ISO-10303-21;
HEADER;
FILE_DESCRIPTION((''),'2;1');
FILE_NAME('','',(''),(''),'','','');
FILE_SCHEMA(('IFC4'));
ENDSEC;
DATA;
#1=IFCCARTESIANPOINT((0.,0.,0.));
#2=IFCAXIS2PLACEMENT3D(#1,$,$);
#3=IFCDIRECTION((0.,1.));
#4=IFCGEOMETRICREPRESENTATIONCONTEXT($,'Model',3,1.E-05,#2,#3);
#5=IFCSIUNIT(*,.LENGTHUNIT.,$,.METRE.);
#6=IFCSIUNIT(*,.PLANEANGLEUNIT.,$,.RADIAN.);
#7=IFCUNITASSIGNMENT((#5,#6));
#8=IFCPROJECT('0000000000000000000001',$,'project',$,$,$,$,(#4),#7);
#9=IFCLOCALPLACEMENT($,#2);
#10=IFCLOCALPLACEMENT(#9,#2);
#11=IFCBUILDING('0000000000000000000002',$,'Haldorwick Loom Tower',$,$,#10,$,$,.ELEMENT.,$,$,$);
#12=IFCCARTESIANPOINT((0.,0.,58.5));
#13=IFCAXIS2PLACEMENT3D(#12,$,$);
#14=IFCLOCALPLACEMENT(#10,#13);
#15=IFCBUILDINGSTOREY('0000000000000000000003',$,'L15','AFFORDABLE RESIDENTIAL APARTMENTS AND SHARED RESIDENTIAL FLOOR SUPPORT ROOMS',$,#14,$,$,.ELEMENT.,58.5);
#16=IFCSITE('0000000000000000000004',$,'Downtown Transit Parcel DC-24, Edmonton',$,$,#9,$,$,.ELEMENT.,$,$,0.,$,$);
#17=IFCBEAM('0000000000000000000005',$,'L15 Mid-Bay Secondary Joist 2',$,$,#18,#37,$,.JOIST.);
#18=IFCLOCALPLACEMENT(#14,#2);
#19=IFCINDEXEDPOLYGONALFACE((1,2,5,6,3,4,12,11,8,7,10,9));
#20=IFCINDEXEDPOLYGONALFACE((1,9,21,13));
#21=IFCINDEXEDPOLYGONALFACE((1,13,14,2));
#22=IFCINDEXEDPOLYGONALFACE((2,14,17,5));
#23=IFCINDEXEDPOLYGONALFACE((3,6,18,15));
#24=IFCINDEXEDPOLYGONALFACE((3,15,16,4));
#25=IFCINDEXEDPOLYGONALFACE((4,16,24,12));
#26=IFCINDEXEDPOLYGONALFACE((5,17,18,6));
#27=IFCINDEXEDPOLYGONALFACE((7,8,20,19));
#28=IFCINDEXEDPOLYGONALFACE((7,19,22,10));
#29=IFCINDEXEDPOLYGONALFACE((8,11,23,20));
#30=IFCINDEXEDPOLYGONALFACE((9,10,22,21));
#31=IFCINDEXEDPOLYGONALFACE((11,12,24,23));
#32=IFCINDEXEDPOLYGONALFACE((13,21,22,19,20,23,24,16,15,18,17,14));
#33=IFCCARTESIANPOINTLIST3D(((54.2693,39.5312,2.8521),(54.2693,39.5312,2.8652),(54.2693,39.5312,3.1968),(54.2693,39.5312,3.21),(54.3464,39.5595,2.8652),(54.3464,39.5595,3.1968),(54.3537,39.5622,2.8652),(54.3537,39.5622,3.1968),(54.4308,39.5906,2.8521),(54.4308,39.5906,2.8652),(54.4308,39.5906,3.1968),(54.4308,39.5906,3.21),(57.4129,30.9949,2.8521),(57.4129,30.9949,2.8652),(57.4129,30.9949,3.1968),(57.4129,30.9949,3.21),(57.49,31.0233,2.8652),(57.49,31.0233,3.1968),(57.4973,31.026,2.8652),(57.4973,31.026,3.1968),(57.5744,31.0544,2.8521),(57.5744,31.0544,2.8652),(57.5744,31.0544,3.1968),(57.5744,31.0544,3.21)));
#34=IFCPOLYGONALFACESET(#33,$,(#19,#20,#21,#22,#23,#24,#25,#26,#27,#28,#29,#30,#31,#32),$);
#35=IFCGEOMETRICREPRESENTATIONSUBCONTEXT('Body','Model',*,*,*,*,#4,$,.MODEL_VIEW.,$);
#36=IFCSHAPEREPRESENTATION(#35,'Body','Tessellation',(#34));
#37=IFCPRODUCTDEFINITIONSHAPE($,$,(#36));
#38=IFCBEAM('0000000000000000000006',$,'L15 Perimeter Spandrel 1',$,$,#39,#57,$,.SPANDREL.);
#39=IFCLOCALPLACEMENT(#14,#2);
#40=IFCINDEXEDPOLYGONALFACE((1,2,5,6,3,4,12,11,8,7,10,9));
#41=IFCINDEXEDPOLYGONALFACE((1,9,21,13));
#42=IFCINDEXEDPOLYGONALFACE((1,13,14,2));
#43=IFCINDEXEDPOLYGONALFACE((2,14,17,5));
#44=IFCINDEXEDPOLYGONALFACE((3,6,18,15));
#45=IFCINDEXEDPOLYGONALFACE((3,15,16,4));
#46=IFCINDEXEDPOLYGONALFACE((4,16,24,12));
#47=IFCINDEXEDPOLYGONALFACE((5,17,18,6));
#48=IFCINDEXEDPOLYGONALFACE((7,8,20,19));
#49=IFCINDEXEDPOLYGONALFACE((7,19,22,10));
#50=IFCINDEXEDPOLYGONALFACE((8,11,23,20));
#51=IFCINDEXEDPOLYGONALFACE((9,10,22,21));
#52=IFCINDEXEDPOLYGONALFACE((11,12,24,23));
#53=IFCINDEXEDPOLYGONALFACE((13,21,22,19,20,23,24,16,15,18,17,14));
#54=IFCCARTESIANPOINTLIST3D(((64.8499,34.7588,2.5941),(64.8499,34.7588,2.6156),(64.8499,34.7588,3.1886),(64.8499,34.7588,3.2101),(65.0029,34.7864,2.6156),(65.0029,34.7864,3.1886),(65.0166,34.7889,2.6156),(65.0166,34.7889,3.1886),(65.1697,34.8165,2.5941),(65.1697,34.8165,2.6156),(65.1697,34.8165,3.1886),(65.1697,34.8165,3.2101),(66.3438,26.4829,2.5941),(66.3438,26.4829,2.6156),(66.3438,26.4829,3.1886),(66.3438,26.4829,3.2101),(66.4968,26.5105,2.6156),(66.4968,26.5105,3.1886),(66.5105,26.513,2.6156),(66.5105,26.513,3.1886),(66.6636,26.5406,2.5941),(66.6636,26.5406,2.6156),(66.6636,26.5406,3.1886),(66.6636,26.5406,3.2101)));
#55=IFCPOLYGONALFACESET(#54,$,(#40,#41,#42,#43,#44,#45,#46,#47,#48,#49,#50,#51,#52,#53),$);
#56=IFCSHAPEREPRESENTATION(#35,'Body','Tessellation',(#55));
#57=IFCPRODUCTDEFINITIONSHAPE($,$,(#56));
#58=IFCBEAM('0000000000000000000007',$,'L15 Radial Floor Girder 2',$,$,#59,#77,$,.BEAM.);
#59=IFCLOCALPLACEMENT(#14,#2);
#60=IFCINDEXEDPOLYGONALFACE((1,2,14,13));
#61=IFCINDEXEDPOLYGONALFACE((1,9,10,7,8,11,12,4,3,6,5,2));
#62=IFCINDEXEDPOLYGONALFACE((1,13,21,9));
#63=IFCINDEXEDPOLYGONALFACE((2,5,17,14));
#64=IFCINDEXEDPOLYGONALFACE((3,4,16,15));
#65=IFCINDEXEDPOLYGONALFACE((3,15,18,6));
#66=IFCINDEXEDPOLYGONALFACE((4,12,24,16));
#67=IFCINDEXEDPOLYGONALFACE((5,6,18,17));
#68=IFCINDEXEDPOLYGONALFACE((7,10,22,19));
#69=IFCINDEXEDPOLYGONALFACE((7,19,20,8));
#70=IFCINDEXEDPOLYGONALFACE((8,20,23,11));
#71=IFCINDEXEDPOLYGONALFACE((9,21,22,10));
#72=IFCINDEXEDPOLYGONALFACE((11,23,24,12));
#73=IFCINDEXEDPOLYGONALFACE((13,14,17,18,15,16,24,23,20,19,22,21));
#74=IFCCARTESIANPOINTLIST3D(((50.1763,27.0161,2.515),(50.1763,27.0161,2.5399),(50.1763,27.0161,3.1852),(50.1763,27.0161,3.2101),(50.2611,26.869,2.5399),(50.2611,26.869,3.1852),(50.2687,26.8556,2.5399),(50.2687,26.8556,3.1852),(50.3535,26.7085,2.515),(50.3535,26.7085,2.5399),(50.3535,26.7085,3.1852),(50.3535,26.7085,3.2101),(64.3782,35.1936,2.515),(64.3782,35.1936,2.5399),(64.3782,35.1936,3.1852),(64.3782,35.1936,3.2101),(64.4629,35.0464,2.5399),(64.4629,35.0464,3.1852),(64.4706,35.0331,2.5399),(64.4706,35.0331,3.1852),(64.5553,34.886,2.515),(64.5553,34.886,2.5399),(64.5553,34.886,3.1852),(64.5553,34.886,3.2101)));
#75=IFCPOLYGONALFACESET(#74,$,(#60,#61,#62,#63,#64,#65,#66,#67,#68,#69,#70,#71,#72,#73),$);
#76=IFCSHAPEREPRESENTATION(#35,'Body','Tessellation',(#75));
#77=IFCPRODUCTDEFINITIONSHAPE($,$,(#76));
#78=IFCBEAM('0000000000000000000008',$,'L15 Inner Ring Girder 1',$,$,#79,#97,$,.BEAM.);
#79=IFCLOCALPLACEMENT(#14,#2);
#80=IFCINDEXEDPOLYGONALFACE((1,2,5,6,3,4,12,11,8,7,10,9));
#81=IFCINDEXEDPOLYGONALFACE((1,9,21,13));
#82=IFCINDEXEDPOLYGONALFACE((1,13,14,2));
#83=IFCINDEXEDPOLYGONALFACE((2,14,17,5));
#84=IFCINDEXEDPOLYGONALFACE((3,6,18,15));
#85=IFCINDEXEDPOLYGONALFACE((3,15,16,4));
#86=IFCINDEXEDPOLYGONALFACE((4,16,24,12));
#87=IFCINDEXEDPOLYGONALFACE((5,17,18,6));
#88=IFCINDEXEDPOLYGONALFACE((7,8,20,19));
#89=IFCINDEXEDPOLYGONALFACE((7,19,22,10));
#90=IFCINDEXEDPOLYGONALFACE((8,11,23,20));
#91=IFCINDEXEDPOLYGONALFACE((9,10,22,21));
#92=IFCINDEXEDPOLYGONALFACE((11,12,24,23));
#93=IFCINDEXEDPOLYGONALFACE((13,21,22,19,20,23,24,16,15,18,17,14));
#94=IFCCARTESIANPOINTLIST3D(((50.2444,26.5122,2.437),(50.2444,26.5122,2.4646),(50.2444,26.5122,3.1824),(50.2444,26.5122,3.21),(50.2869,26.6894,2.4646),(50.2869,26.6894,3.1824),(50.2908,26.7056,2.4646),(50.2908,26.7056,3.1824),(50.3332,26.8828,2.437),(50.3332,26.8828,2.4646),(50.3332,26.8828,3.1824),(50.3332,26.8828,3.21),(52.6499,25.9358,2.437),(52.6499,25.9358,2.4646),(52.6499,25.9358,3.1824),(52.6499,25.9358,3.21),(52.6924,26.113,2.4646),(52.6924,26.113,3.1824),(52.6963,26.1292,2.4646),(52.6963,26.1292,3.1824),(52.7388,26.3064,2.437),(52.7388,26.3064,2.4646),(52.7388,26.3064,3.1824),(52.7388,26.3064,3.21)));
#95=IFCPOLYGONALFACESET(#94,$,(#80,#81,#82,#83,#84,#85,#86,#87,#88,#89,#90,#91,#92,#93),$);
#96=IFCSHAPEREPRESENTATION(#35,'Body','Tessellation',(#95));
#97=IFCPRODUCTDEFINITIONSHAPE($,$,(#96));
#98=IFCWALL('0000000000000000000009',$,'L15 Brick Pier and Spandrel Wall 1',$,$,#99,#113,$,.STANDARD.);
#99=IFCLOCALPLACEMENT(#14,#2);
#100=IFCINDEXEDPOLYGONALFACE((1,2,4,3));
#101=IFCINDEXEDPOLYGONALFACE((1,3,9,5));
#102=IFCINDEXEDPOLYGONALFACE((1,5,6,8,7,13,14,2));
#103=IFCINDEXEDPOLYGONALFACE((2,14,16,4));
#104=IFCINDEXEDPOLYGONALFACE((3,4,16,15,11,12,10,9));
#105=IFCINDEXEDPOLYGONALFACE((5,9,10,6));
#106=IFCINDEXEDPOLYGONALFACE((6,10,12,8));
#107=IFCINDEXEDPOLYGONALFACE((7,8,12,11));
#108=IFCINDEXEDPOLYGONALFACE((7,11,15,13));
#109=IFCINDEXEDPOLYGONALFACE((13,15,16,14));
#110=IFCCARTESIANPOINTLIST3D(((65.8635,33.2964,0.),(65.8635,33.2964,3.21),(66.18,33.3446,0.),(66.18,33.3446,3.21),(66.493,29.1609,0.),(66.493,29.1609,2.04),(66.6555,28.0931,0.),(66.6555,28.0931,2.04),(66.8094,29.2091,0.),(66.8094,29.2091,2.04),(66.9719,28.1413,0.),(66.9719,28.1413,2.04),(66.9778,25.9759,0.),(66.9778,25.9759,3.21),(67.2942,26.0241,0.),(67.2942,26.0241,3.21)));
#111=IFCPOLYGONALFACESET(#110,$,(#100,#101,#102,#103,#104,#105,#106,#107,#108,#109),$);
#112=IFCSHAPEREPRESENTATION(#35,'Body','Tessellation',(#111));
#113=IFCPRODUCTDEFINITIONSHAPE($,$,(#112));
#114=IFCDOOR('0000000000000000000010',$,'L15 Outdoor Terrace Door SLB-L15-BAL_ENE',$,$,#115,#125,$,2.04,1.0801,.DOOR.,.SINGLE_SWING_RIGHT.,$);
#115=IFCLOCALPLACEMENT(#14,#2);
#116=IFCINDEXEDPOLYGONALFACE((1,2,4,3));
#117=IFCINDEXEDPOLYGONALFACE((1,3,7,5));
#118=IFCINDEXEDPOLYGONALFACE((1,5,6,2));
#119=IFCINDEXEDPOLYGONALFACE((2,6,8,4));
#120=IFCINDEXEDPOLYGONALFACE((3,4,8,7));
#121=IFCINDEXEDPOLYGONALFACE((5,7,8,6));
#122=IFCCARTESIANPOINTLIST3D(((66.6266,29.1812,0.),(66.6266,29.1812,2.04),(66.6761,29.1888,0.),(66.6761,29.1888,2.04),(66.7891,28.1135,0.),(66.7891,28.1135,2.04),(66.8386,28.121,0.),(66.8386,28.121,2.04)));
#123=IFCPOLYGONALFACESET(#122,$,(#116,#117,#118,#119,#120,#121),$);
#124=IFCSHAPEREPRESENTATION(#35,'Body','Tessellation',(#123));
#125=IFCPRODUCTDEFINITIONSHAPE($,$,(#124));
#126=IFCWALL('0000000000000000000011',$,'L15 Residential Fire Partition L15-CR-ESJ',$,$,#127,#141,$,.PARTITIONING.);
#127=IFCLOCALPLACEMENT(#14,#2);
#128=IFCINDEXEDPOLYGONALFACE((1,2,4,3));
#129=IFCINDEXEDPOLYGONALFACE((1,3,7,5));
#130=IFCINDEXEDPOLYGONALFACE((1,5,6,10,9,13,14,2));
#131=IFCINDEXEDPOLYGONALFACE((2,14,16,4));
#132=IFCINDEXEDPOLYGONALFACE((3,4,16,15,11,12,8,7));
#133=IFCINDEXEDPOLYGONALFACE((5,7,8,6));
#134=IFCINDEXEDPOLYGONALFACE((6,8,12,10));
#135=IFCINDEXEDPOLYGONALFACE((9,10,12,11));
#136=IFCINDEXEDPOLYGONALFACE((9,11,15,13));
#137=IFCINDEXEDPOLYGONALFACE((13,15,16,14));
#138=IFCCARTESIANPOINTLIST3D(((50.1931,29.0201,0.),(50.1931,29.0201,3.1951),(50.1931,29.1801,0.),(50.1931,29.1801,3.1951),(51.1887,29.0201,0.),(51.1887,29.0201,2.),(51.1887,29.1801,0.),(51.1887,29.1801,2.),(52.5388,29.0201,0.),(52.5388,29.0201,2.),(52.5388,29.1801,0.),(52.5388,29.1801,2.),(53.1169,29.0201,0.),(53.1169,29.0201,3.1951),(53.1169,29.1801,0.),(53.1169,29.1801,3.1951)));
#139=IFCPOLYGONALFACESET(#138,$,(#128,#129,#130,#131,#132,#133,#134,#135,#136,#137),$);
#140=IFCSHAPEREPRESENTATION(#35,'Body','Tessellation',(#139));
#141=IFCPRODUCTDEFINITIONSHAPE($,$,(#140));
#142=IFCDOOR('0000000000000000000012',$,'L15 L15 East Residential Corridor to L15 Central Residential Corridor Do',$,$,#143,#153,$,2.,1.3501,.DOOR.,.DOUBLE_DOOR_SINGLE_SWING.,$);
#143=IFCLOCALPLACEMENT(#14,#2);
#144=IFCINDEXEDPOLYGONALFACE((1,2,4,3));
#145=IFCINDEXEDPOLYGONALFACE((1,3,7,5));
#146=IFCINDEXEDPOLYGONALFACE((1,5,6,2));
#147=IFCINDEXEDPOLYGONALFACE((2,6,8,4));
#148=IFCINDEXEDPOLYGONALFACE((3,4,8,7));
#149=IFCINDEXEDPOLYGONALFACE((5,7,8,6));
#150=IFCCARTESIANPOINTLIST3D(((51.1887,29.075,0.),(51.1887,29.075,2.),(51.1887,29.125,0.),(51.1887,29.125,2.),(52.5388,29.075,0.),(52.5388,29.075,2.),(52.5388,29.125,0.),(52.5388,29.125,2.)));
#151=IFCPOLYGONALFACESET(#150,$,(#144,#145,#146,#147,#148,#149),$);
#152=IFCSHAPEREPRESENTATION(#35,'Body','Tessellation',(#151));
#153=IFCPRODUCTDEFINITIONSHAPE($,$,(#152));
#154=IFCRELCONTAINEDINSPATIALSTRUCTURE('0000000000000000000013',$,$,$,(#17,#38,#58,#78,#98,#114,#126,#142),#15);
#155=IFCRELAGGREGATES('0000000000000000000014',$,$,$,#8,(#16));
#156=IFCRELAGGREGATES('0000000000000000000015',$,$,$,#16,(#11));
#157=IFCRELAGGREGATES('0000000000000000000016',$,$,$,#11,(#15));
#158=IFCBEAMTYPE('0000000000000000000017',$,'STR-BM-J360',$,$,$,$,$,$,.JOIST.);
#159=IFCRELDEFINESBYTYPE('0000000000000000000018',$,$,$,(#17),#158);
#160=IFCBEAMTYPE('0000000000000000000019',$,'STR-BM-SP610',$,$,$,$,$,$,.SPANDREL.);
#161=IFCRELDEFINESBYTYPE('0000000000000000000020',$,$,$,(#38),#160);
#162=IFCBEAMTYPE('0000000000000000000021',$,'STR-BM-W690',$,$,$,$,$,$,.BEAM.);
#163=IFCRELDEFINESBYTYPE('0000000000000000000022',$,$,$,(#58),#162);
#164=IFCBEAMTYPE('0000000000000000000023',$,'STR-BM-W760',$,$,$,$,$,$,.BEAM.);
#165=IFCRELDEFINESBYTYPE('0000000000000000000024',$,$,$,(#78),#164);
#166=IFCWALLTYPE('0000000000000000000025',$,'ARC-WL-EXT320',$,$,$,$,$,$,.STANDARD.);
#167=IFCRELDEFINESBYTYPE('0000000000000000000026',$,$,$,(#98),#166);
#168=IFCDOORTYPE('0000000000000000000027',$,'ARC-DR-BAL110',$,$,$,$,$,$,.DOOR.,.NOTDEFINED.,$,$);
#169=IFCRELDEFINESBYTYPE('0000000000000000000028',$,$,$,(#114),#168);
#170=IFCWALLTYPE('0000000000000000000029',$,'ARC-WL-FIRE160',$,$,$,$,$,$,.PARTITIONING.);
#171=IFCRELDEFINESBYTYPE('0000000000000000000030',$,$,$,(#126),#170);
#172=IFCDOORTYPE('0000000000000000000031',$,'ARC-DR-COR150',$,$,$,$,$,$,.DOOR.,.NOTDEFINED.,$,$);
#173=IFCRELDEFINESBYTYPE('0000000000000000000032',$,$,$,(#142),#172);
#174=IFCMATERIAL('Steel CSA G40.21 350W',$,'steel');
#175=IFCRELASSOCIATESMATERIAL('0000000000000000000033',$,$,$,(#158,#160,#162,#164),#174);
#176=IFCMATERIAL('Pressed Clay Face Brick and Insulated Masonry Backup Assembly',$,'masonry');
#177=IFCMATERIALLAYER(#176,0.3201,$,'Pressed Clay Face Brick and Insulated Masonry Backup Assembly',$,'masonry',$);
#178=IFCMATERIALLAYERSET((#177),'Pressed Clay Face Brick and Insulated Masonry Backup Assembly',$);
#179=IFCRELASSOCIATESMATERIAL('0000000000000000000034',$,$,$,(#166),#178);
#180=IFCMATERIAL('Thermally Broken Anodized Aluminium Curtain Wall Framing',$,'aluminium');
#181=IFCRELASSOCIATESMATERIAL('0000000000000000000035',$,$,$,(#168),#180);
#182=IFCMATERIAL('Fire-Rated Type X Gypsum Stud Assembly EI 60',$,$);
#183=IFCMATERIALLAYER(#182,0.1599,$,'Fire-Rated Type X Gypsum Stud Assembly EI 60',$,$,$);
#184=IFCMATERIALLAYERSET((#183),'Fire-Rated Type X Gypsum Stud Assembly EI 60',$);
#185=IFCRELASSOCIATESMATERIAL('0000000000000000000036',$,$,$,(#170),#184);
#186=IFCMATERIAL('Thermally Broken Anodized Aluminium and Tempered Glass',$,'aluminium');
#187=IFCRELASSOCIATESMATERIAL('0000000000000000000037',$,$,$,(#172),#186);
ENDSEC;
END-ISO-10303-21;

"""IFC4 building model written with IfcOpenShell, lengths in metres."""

from ifc_helpers import new_model, si_unit, direction, frame, frame_2d, origin, origin_2d, place, context, subcontext, project, spatial, rectangle, i_section, extrude, material, layer, layer_set, material_profile, profile_set, type_object, element, fill, save


model = new_model("IFC4")

# Units and contexts
model_context = context("Model", 3, precision=1e-05, world=origin(), true_north=direction((0.0, 1.0)))
body_context = subcontext(model_context, "Body", "Model", "MODEL_VIEW")
ifc_project = project(units=[si_unit("LENGTHUNIT", "METRE"), si_unit("PLANEANGLEUNIT", "RADIAN")], contexts=[model_context])

# Site, building, storey
site_placement = place(None, origin())
site = spatial("IfcSite", under=ifc_project, at=site_placement, Name="Downtown Transit Parcel DC-24, Edmonton", CompositionType="ELEMENT", RefElevation=0.0)
building_placement = place(site_placement, origin())
building = spatial("IfcBuilding", under=site, at=building_placement, Name="Haldorwick Loom Tower", CompositionType="ELEMENT")
storey_placement = place(building_placement, frame((0.0, 0.0, 58.5)))
storey = spatial("IfcBuildingStorey", under=building, at=storey_placement, Name="L15", Description="AFFORDABLE RESIDENTIAL APARTMENTS AND SHARED RESIDENTIAL FLOOR SUPPORT ROOMS", CompositionType="ELEMENT", Elevation=58.5)

# Beams
ifc_material_1 = material(Name="Steel CSA G40.21 350W", Category="steel")
ifc_material_profile_1 = material_profile(ifc_material_1, i_section(OverallWidth=0.1721, OverallDepth=0.3579, WebThickness=0.0078, FlangeThickness=0.0132, at=origin_2d()), Name="W360X57", Category="steel")
ifc_profile_set_1 = profile_set([ifc_material_profile_1], Name="Steel CSA G40.21 350W")
beam_type_1 = type_object("IfcBeamType", Name="STR-BM-J360", PredefinedType="JOIST", material=ifc_profile_set_1)
beam_1_placement = place(storey_placement, frame((57.4937, 31.0247, 3.031), z_axis=(-0.345576, 0.938391, 0.0), x_axis=(-0.938391, -0.345576, 0.0)))
element("IfcBeam", 1, at=beam_1_placement, inside=storey, type_object=beam_type_1, Name="L15 Mid-Bay Secondary Joist 2", PredefinedType="JOIST", context=body_context, shape_type="SweptSolid", body=[
    extrude(i_section(OverallWidth=0.1721, OverallDepth=0.3579, WebThickness=0.0078, FlangeThickness=0.0132, at=origin_2d()), origin(), (0.0, 0.0, 1.0), 9.0967),
])
ifc_material_profile_2 = material_profile(ifc_material_1, i_section(OverallWidth=0.325, OverallDepth=0.616, WebThickness=0.0139, FlangeThickness=0.0215, at=origin_2d()), Name="W610X174", Category="steel")
ifc_profile_set_2 = profile_set([ifc_material_profile_2], Name="Steel CSA G40.21 350W")
beam_type_2 = type_object("IfcBeamType", Name="STR-BM-SP610", PredefinedType="SPANDREL", material=ifc_profile_set_2)
beam_2_placement = place(storey_placement, frame((66.5037, 26.5117, 2.9021), z_axis=(-0.177641, 0.984095, 0.0), x_axis=(-0.984095, -0.177641, 0.0)))
element("IfcBeam", 2, at=beam_2_placement, inside=storey, type_object=beam_type_2, Name="L15 Perimeter Spandrel 1", PredefinedType="SPANDREL", context=body_context, shape_type="SweptSolid", body=[
    extrude(i_section(OverallWidth=0.325, OverallDepth=0.616, WebThickness=0.0139, FlangeThickness=0.0215, at=origin_2d()), origin(), (0.0, 0.0, 1.0), 8.4097),
])
ifc_material_profile_3 = material_profile(ifc_material_1, i_section(OverallWidth=0.355, OverallDepth=0.6951, WebThickness=0.0154, FlangeThickness=0.0249, at=origin_2d()), Name="W690X217", Category="steel")
ifc_profile_set_3 = profile_set([ifc_material_profile_3], Name="Steel CSA G40.21 350W")
beam_type_3 = type_object("IfcBeamType", Name="STR-BM-W690", PredefinedType="BEAM", material=ifc_profile_set_3)
beam_3_placement = place(storey_placement, frame((50.2649, 26.8623, 2.8625), z_axis=(0.866606, 0.498994, 0.0), x_axis=(-0.498994, 0.866606, 0.0)))
element("IfcBeam", 3, at=beam_3_placement, inside=storey, type_object=beam_type_3, Name="L15 Radial Floor Girder 2", PredefinedType="BEAM", context=body_context, shape_type="SweptSolid", body=[
    extrude(i_section(OverallWidth=0.355, OverallDepth=0.6951, WebThickness=0.0154, FlangeThickness=0.0249, at=origin_2d()), origin(), (0.0, 0.0, 1.0), 16.3879),
])
ifc_material_profile_4 = material_profile(ifc_material_1, i_section(OverallWidth=0.3811, OverallDepth=0.7729, WebThickness=0.0166, FlangeThickness=0.0276, at=origin_2d()), Name="W760X257", Category="steel")
ifc_profile_set_4 = profile_set([ifc_material_profile_4], Name="Steel CSA G40.21 350W")
beam_type_4 = type_object("IfcBeamType", Name="STR-BM-W760", PredefinedType="BEAM", material=ifc_profile_set_4)
beam_4_placement = place(storey_placement, frame((50.2888, 26.6975, 2.8235), z_axis=(0.972471, -0.233026, 0.0), x_axis=(0.233026, 0.972471, 0.0)))
element("IfcBeam", 4, at=beam_4_placement, inside=storey, type_object=beam_type_4, Name="L15 Inner Ring Girder 1", PredefinedType="BEAM", context=body_context, shape_type="SweptSolid", body=[
    extrude(i_section(OverallWidth=0.3811, OverallDepth=0.7729, WebThickness=0.0166, FlangeThickness=0.0276, at=origin_2d()), origin(), (0.0, 0.0, 1.0), 2.4736),
])

# Walls, openings, doors
ifc_material_2 = material(Name="Pressed Clay Face Brick and Insulated Masonry Backup Assembly", Category="masonry")
ifc_layer_1 = layer(ifc_material_2, 0.3201, Name="Pressed Clay Face Brick and Insulated Masonry Backup Assembly", Category="masonry")
ifc_layer_set_1 = layer_set([ifc_layer_1], Name="Pressed Clay Face Brick and Insulated Masonry Backup Assembly")
wall_type_1 = type_object("IfcWallType", Name="ARC-WL-EXT320", PredefinedType="STANDARD", material=ifc_layer_set_1)
wall_1_placement = place(storey_placement, frame((67.136, 26.0, 0.0), z_axis=(0.0, 0.0, 1.0), x_axis=(-0.150476, 0.988614, 0.0)))
wall_1 = element("IfcWall", 5, at=wall_1_placement, inside=storey, type_object=wall_type_1, Name="L15 Brick Pier and Spandrel Wall 1", PredefinedType="STANDARD", context=body_context, shape_type="SweptSolid", body=[
    extrude(rectangle(XDim=7.4048, YDim=0.3201, at=frame_2d((3.7024, 0.0))), origin(), (0.0, 0.0, 1.0), 3.21),
])
opening_1_placement = place(wall_1_placement, frame((2.1416, 0.0, 0.0)))
opening_1 = element("IfcOpeningElement", 6, at=opening_1_placement, cuts=wall_1, PredefinedType="OPENING", context=body_context, shape_type="SweptSolid", body=[
    extrude(rectangle(XDim=1.0801, YDim=2.04, at=frame_2d((0.54, 1.02))), frame((0.0, 0.1699, 0.0), z_axis=(0.0, -1.0, 0.0), x_axis=(1.0, 0.0, 0.0)), (0.0, 0.0, 1.0), 0.3401),
])
ifc_material_3 = material(Name="Thermally Broken Anodized Aluminium Curtain Wall Framing", Category="aluminium")
door_type_1 = type_object("IfcDoorType", Name="ARC-DR-BAL110", OperationType="NOTDEFINED", PredefinedType="DOOR", material=ifc_material_3)
door_1_placement = place(opening_1_placement, origin())
door_1 = element("IfcDoor", 7, at=door_1_placement, inside=storey, type_object=door_type_1, Name="L15 Outdoor Terrace Door SLB-L15-BAL_ENE", OperationType="SINGLE_SWING_RIGHT", OverallHeight=2.04, OverallWidth=1.0801, PredefinedType="DOOR", context=body_context, shape_type="SweptSolid", body=[
    extrude(rectangle(XDim=1.0801, YDim=2.04, at=frame_2d((0.54, 1.02))), frame((0.0, 0.0249, 0.0), z_axis=(0.0, -1.0, 0.0), x_axis=(1.0, 0.0, 0.0)), (0.0, 0.0, 1.0), 0.05),
])
fill(opening_1, door_1)
ifc_material_4 = material(Name="Fire-Rated Type X Gypsum Stud Assembly EI 60")
ifc_layer_2 = layer(ifc_material_4, 0.1599, Name="Fire-Rated Type X Gypsum Stud Assembly EI 60")
ifc_layer_set_2 = layer_set([ifc_layer_2], Name="Fire-Rated Type X Gypsum Stud Assembly EI 60")
wall_type_2 = type_object("IfcWallType", Name="ARC-WL-FIRE160", PredefinedType="PARTITIONING", material=ifc_layer_set_2)
wall_2_placement = place(storey_placement, frame((50.1931, 29.1001, 0.0), z_axis=(0.0, 0.0, 1.0), x_axis=(1.0, 0.0, 0.0)))
wall_2 = element("IfcWall", 8, at=wall_2_placement, inside=storey, type_object=wall_type_2, Name="L15 Residential Fire Partition L15-CR-ESJ", PredefinedType="PARTITIONING", context=body_context, shape_type="SweptSolid", body=[
    extrude(rectangle(XDim=2.9238, YDim=0.1599, at=frame_2d((1.4619, 0.0))), origin(), (0.0, 0.0, 1.0), 3.1951),
])
opening_2_placement = place(wall_2_placement, frame((0.9956, 0.0, 0.0)))
opening_2 = element("IfcOpeningElement", 9, at=opening_2_placement, cuts=wall_2, PredefinedType="OPENING", context=body_context, shape_type="SweptSolid", body=[
    extrude(rectangle(XDim=1.3501, YDim=2.0, at=frame_2d((0.675, 1.0))), frame((0.0, 0.0898, 0.0), z_axis=(0.0, -1.0, 0.0), x_axis=(1.0, 0.0, 0.0)), (0.0, 0.0, 1.0), 0.1799),
])
ifc_material_5 = material(Name="Thermally Broken Anodized Aluminium and Tempered Glass", Category="aluminium")
door_type_2 = type_object("IfcDoorType", Name="ARC-DR-COR150", OperationType="NOTDEFINED", PredefinedType="DOOR", material=ifc_material_5)
door_2_placement = place(opening_2_placement, origin())
door_2 = element("IfcDoor", 10, at=door_2_placement, inside=storey, type_object=door_type_2, Name="L15 L15 East Residential Corridor to L15 Central Residential Corridor Do", OperationType="DOUBLE_DOOR_SINGLE_SWING", OverallHeight=2.0, OverallWidth=1.3501, PredefinedType="DOOR", context=body_context, shape_type="SweptSolid", body=[
    extrude(rectangle(XDim=1.3501, YDim=2.0, at=frame_2d((0.675, 1.0))), frame((0.0, 0.0249, 0.0), z_axis=(0.0, -1.0, 0.0), x_axis=(1.0, 0.0, 0.0)), (0.0, 0.0, 1.0), 0.05),
])
fill(opening_2, door_2)

save(model, "model.ifc")
